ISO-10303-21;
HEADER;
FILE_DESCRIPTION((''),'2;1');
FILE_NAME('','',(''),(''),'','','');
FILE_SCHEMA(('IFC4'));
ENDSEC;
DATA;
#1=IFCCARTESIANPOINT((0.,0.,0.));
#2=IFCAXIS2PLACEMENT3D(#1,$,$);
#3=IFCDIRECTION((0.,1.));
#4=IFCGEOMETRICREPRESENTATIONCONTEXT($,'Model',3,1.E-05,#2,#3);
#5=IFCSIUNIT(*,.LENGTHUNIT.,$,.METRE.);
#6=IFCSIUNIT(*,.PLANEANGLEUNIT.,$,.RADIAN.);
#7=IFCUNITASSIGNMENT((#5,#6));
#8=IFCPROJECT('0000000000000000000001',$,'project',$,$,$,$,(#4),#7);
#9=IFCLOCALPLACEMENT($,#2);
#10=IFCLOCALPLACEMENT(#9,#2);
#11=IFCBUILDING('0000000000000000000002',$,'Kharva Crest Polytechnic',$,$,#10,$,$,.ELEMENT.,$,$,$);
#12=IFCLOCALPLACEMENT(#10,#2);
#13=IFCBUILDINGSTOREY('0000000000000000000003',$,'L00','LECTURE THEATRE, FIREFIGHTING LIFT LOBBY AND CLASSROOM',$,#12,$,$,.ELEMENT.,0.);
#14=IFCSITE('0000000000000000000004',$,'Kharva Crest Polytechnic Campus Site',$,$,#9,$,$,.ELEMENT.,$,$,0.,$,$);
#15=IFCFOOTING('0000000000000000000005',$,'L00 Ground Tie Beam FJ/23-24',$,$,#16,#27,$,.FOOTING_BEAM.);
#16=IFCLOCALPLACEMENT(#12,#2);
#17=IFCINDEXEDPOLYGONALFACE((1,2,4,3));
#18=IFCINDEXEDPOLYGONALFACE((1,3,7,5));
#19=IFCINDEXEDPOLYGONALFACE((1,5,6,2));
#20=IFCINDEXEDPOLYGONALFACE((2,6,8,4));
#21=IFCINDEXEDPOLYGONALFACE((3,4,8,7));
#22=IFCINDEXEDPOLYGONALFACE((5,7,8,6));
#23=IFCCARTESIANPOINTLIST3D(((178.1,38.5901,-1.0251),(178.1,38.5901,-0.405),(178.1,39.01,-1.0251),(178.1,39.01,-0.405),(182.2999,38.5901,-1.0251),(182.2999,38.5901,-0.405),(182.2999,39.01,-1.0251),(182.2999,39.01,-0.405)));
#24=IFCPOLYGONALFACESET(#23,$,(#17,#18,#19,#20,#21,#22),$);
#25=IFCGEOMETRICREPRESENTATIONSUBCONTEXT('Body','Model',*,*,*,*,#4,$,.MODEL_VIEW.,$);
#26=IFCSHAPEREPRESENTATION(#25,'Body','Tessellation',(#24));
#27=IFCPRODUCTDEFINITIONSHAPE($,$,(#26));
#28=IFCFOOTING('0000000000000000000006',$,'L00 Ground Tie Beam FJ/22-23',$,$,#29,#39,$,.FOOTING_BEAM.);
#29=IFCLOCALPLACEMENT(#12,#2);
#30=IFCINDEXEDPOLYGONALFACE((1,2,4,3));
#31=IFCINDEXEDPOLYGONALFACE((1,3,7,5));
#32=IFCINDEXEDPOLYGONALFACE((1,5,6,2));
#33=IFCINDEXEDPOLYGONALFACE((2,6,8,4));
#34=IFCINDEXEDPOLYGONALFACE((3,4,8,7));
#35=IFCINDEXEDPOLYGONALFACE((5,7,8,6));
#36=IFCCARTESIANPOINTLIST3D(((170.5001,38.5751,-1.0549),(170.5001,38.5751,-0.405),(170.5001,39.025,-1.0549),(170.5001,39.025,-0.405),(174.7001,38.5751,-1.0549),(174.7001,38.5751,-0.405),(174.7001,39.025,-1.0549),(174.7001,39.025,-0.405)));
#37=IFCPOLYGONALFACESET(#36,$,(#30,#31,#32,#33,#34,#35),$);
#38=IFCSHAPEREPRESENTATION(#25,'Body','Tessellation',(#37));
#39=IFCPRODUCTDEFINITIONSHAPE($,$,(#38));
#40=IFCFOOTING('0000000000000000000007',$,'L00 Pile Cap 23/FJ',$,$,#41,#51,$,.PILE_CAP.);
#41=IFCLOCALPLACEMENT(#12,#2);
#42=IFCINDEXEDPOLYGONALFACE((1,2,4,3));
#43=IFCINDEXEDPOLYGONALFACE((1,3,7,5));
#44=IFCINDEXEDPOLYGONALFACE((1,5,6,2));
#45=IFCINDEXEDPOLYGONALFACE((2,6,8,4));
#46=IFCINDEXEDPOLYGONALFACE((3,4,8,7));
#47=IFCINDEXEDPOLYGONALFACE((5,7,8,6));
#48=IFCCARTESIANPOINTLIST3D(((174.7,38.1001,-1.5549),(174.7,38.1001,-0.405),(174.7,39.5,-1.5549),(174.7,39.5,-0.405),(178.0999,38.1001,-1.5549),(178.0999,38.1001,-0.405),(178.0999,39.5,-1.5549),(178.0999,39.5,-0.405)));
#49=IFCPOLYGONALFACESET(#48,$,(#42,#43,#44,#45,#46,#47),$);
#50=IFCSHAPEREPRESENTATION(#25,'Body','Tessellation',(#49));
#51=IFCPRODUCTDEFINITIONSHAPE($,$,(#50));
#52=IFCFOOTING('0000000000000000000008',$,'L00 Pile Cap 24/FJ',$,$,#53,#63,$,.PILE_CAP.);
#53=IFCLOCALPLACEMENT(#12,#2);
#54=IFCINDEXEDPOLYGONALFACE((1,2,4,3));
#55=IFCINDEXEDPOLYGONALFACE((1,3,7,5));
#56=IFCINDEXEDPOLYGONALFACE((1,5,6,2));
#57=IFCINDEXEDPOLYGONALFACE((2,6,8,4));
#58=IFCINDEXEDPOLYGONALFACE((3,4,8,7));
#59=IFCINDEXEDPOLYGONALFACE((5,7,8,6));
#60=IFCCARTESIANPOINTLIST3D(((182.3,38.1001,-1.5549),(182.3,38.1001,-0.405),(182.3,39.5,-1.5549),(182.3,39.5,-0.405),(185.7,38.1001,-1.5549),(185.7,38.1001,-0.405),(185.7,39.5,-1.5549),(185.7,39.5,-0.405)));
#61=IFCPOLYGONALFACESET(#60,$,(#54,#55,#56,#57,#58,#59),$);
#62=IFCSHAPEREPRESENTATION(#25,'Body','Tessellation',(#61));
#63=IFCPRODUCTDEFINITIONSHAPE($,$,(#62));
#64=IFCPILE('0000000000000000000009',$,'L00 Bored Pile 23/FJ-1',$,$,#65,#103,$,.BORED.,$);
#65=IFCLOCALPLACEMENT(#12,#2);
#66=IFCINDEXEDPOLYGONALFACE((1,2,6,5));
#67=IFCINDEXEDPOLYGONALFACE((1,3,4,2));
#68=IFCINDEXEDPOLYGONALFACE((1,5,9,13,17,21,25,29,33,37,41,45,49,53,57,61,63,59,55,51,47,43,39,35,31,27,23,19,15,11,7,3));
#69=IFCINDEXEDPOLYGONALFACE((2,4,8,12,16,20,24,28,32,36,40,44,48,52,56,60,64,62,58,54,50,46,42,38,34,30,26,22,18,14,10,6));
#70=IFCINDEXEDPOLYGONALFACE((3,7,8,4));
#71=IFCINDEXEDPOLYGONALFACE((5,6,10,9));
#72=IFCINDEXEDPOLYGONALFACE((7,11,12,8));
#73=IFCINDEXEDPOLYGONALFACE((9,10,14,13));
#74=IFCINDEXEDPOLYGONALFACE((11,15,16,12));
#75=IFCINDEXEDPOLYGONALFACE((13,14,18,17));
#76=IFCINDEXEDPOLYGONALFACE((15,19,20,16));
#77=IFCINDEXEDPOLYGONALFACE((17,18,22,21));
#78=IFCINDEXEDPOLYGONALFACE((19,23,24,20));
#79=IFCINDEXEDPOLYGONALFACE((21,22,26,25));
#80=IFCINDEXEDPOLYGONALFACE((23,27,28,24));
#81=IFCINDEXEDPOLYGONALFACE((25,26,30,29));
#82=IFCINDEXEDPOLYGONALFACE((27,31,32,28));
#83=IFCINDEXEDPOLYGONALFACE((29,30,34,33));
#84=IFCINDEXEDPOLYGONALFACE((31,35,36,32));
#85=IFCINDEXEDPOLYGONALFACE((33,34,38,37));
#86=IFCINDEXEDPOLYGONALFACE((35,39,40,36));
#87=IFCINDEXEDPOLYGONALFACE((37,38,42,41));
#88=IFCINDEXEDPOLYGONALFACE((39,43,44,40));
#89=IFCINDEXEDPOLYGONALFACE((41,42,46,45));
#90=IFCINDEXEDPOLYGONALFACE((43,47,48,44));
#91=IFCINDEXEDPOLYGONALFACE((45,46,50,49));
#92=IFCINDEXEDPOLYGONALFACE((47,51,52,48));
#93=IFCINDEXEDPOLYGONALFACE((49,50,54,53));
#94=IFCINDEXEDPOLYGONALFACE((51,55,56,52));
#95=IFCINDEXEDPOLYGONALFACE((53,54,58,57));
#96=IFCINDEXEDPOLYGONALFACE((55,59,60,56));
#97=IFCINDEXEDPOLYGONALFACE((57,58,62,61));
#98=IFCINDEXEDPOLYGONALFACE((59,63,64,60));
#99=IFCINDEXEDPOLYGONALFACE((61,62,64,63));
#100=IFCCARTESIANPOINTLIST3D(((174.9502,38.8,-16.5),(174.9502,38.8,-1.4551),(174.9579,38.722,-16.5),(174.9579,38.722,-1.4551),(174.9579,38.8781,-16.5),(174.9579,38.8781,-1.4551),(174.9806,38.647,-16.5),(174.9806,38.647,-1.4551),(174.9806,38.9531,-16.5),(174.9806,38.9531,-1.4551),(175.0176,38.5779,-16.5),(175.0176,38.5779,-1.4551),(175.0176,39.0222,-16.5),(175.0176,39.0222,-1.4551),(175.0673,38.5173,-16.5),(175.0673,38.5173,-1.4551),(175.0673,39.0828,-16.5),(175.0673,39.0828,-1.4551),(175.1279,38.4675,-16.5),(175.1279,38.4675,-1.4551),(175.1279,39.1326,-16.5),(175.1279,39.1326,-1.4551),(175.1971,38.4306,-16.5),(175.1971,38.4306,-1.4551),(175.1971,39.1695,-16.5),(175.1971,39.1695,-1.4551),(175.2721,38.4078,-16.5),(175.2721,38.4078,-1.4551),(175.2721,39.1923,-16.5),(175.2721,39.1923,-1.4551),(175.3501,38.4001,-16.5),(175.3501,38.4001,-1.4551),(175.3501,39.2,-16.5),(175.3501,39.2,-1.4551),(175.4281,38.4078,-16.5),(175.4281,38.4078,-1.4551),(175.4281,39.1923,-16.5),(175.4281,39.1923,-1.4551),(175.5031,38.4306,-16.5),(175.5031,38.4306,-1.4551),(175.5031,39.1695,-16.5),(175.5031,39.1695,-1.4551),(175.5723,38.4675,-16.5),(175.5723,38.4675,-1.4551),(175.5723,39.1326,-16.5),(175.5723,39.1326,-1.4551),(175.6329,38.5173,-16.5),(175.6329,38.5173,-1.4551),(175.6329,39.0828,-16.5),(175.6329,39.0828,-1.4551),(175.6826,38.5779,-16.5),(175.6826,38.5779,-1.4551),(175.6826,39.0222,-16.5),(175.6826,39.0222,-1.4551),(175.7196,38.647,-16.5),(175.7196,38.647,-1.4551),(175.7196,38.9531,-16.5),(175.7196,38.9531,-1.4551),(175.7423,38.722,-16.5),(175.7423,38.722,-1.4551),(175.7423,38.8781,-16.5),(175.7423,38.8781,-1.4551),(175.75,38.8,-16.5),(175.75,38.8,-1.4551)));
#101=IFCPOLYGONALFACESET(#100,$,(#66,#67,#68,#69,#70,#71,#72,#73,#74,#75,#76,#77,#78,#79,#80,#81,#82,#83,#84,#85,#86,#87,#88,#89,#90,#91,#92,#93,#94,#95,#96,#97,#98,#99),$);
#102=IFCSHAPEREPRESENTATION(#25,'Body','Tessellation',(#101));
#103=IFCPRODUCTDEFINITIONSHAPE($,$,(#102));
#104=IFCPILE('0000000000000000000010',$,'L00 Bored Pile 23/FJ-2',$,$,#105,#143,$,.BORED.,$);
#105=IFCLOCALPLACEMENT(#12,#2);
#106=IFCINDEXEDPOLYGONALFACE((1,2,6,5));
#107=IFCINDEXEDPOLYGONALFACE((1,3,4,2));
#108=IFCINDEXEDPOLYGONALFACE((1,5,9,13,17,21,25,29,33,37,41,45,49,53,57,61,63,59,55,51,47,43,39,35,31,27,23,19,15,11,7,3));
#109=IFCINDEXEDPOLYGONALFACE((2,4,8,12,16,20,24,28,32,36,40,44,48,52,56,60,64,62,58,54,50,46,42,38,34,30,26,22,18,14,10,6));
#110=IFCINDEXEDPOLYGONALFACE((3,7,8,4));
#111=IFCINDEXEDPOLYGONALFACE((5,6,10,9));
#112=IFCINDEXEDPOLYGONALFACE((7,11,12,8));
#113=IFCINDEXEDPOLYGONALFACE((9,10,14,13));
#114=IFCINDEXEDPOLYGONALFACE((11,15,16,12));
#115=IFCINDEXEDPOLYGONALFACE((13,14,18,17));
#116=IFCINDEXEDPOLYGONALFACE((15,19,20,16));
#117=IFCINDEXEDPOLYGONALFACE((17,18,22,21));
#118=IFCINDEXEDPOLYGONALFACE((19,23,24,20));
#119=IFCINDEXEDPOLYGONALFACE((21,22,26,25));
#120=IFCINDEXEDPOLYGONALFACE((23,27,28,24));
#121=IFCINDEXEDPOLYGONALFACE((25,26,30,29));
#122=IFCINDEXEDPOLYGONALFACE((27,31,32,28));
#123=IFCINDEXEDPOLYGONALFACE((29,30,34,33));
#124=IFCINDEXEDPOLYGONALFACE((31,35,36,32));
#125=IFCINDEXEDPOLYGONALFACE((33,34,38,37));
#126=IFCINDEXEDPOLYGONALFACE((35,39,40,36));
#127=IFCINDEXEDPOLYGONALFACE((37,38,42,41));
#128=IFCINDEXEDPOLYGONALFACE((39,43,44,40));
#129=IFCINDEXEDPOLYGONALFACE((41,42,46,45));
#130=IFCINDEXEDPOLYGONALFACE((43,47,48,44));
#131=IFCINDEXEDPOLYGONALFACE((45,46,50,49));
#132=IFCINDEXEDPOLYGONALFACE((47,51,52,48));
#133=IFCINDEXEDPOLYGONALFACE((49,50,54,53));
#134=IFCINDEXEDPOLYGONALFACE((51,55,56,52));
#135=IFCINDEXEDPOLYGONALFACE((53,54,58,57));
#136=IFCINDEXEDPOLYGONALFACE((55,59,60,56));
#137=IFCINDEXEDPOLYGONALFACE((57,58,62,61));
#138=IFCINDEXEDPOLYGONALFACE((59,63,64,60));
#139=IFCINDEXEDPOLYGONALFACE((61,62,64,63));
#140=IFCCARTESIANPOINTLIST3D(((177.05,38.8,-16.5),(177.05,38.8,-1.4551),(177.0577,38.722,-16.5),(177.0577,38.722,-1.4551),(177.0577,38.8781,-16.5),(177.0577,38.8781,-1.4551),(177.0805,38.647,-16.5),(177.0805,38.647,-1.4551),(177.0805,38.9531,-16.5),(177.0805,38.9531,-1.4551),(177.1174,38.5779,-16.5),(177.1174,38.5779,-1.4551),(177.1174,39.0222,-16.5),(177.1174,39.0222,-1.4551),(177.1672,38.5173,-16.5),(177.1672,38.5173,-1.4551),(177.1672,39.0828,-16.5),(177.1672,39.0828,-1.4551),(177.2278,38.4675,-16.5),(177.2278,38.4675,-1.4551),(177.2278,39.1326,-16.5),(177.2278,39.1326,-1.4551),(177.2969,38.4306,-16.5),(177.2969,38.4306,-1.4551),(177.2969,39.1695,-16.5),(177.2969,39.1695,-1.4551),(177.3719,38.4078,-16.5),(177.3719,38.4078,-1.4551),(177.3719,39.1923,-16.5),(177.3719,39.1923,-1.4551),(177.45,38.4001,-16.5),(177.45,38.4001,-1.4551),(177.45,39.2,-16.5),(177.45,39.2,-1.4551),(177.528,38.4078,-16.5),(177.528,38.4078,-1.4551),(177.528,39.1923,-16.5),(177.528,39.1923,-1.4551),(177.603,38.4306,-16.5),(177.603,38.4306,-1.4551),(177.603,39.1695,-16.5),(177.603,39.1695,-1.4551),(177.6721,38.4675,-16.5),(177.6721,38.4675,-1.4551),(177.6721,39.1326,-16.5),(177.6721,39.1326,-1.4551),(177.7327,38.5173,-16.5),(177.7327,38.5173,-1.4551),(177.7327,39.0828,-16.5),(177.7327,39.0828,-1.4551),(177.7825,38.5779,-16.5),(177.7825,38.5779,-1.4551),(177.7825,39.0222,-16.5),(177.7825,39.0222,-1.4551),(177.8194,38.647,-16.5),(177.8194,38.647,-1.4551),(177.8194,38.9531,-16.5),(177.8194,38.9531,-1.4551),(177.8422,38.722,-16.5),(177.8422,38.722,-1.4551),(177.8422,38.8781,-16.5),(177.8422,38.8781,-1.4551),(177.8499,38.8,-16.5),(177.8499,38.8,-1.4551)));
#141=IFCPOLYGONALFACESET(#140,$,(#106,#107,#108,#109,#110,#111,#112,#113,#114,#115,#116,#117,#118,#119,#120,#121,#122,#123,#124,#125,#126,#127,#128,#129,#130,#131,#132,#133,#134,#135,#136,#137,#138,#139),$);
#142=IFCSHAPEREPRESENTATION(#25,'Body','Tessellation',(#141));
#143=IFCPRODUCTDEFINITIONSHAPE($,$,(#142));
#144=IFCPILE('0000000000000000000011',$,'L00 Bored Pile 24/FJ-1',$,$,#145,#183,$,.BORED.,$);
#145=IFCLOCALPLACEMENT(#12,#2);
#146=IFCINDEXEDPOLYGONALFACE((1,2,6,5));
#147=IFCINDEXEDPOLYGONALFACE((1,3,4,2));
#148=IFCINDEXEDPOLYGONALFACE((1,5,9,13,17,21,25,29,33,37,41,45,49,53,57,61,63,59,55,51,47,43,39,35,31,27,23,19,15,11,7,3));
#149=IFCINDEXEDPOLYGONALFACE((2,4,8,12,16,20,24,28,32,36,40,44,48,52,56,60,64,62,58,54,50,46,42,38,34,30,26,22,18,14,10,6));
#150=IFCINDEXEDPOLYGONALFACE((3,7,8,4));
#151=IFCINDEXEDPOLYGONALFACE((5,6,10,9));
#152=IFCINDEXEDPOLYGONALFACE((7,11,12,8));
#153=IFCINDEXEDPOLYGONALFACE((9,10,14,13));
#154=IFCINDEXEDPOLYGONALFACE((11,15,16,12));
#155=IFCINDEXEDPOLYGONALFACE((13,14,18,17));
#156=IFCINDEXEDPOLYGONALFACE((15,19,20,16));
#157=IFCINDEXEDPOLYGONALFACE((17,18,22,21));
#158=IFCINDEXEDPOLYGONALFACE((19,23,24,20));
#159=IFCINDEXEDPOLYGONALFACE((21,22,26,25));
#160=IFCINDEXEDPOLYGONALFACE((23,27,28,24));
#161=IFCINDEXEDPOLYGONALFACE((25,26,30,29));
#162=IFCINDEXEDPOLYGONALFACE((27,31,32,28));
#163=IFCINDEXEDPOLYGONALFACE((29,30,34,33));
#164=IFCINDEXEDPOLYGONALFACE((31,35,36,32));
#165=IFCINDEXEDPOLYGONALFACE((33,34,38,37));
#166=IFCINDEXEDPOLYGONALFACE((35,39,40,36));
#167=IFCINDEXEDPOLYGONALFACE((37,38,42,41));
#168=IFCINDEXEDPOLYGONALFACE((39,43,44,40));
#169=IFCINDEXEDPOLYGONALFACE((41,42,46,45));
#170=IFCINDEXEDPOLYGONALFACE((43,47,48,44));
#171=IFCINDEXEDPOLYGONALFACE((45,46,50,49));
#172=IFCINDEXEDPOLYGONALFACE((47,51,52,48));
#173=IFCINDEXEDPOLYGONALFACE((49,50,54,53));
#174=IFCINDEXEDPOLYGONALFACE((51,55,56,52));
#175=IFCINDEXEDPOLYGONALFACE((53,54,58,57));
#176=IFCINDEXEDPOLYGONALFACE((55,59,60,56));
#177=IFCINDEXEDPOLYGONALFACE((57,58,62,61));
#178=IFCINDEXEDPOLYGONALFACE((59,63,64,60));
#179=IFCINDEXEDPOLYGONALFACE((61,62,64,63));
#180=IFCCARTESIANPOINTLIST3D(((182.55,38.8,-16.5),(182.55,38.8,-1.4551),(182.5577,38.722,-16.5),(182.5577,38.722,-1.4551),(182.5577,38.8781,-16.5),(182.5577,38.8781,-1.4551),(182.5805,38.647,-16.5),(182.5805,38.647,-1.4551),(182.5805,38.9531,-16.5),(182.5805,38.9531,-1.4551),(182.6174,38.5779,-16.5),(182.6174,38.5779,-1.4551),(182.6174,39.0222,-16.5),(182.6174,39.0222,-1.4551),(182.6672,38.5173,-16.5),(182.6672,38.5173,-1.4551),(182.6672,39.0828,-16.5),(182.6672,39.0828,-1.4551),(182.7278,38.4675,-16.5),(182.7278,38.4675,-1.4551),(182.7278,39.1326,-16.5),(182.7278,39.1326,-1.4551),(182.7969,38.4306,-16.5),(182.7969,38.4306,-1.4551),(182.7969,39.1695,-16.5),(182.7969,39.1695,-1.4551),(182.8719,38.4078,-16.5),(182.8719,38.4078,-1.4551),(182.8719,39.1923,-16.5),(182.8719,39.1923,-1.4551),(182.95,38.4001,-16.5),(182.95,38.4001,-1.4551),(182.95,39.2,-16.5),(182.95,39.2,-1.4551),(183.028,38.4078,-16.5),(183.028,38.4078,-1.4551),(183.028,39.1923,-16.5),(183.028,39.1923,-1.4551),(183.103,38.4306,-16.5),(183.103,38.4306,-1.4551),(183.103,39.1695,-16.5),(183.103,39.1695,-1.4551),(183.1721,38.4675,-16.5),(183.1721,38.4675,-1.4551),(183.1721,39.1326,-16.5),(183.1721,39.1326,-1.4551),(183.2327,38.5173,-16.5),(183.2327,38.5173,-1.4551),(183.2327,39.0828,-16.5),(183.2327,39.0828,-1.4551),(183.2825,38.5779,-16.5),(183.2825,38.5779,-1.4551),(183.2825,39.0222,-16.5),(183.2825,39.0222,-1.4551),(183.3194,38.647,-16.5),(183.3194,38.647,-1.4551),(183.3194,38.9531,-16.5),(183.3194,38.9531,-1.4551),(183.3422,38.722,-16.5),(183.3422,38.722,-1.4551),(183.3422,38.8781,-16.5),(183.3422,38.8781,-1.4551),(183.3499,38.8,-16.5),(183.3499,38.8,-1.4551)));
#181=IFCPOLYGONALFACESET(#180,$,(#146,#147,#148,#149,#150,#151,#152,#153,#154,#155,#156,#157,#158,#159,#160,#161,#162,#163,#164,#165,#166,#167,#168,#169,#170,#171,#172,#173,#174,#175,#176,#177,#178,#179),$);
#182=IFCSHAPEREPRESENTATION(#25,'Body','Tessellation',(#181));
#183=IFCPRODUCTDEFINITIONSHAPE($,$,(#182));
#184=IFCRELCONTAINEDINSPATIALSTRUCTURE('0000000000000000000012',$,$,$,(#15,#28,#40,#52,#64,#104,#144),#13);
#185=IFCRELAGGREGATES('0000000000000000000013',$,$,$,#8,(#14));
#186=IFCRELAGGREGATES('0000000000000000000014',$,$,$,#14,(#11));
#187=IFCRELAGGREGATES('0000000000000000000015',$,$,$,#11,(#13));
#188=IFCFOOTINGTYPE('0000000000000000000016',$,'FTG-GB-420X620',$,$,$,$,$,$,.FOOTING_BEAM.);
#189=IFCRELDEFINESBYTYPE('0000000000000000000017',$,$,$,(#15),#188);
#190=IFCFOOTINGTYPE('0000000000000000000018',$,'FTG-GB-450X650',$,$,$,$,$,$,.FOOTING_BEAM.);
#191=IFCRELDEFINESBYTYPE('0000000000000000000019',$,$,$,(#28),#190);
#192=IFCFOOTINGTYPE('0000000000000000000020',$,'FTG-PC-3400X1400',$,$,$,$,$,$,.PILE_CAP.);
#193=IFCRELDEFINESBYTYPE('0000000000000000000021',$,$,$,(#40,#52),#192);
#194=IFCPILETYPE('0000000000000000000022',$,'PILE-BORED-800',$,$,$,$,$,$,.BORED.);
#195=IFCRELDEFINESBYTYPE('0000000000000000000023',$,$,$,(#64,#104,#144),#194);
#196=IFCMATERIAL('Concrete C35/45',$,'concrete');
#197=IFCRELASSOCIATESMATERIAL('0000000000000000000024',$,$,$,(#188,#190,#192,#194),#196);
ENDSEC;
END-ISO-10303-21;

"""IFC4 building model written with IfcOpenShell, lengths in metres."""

from ifc_helpers import new_model, si_unit, direction, frame, origin, origin_2d, place, context, subcontext, project, spatial, rectangle, circle, extrude, material, material_profile, profile_set, type_object, element, save


model = new_model("IFC4")

# Units and contexts
model_context = context("Model", 3, precision=1e-05, world=origin(), true_north=direction((0.0, 1.0)))
body_context = subcontext(model_context, "Body", "Model", "MODEL_VIEW")
ifc_project = project(units=[si_unit("LENGTHUNIT", "METRE"), si_unit("PLANEANGLEUNIT", "RADIAN")], contexts=[model_context])

# Site, building, storey
site_placement = place(None, origin())
site = spatial("IfcSite", under=ifc_project, at=site_placement, Name="Kharva Crest Polytechnic Campus Site", CompositionType="ELEMENT", RefElevation=0.0)
building_placement = place(site_placement, origin())
building = spatial("IfcBuilding", under=site, at=building_placement, Name="Kharva Crest Polytechnic", CompositionType="ELEMENT")
storey_placement = place(building_placement, origin())
storey = spatial("IfcBuildingStorey", under=building, at=storey_placement, Name="L00", Description="LECTURE THEATRE, FIREFIGHTING LIFT LOBBY AND CLASSROOM", CompositionType="ELEMENT", Elevation=0.0)

# Footings
ifc_material_1 = material(Name="Concrete C35/45", Category="concrete")
footing_type_1 = type_object("IfcFootingType", Name="FTG-GB-420X620", PredefinedType="FOOTING_BEAM", material=ifc_material_1)
footing_1_placement = place(storey_placement, frame((180.2, 38.8, -1.0251), z_axis=(0.0, 0.0, 1.0), x_axis=(1.0, 0.0, 0.0)))
element("IfcFooting", 1, at=footing_1_placement, inside=storey, type_object=footing_type_1, Name="L00 Ground Tie Beam FJ/23-24", PredefinedType="FOOTING_BEAM", context=body_context, shape_type="SweptSolid", body=[
    extrude(rectangle(XDim=4.2, YDim=0.4199, at=origin_2d()), origin(), (0.0, 0.0, 1.0), 0.6201),
])
footing_type_2 = type_object("IfcFootingType", Name="FTG-GB-450X650", PredefinedType="FOOTING_BEAM", material=ifc_material_1)
footing_2_placement = place(storey_placement, frame((172.6001, 38.8, -1.0549), z_axis=(0.0, 0.0, 1.0), x_axis=(1.0, 0.0, 0.0)))
element("IfcFooting", 2, at=footing_2_placement, inside=storey, type_object=footing_type_2, Name="L00 Ground Tie Beam FJ/22-23", PredefinedType="FOOTING_BEAM", context=body_context, shape_type="SweptSolid", body=[
    extrude(rectangle(XDim=4.2, YDim=0.45, at=origin_2d()), origin(), (0.0, 0.0, 1.0), 0.6499),
])
footing_type_3 = type_object("IfcFootingType", Name="FTG-PC-3400X1400", PredefinedType="PILE_CAP", material=ifc_material_1)
for number, where, z_axis, x_axis, name in (
    (3, (176.3999, 38.8, -1.5549), (0.0, 0.0, 1.0), (1.0, 0.0, 0.0), "L00 Pile Cap 23/FJ"),
    (4, (184.0, 38.8, -1.5549), (0.0, 0.0, 1.0), (1.0, 0.0, 0.0), "L00 Pile Cap 24/FJ"),
):
    element("IfcFooting", number, at=place(storey_placement, frame(where, z_axis=z_axis, x_axis=x_axis)), inside=storey, type_object=footing_type_3, Name=name, PredefinedType="PILE_CAP", context=body_context, shape_type="SweptSolid", body=[
        extrude(rectangle(XDim=3.3999, YDim=1.3999, at=origin_2d()), origin(), (0.0, 0.0, 1.0), 1.1499),
    ])

# Piles
ifc_material_profile_1 = material_profile(ifc_material_1, circle(Radius=0.3999, at=origin_2d()), Name="DIA 800")
ifc_profile_set_1 = profile_set([ifc_material_profile_1], Name="Concrete C35/45")
pile_type = type_object("IfcPileType", Name="PILE-BORED-800", PredefinedType="BORED", material=ifc_profile_set_1)
for number, where, z_axis, x_axis, name in (
    (5, (175.3501, 38.8, -1.4551), (0.0, 0.0, -1.0), (1.0, 0.0, 0.0), "L00 Bored Pile 23/FJ-1"),
    (6, (177.45, 38.8, -1.4551), (0.0, 0.0, -1.0), (1.0, 0.0, 0.0), "L00 Bored Pile 23/FJ-2"),
    (7, (182.95, 38.8, -1.4551), (0.0, 0.0, -1.0), (1.0, 0.0, 0.0), "L00 Bored Pile 24/FJ-1"),
):
    element("IfcPile", number, at=place(storey_placement, frame(where, z_axis=z_axis, x_axis=x_axis)), inside=storey, type_object=pile_type, Name=name, PredefinedType="BORED", context=body_context, shape_type="SweptSolid", body=[
        extrude(circle(Radius=0.3999, at=origin_2d()), origin(), (0.0, 0.0, 1.0), 15.0449),
    ])

save(model, "model.ifc")
